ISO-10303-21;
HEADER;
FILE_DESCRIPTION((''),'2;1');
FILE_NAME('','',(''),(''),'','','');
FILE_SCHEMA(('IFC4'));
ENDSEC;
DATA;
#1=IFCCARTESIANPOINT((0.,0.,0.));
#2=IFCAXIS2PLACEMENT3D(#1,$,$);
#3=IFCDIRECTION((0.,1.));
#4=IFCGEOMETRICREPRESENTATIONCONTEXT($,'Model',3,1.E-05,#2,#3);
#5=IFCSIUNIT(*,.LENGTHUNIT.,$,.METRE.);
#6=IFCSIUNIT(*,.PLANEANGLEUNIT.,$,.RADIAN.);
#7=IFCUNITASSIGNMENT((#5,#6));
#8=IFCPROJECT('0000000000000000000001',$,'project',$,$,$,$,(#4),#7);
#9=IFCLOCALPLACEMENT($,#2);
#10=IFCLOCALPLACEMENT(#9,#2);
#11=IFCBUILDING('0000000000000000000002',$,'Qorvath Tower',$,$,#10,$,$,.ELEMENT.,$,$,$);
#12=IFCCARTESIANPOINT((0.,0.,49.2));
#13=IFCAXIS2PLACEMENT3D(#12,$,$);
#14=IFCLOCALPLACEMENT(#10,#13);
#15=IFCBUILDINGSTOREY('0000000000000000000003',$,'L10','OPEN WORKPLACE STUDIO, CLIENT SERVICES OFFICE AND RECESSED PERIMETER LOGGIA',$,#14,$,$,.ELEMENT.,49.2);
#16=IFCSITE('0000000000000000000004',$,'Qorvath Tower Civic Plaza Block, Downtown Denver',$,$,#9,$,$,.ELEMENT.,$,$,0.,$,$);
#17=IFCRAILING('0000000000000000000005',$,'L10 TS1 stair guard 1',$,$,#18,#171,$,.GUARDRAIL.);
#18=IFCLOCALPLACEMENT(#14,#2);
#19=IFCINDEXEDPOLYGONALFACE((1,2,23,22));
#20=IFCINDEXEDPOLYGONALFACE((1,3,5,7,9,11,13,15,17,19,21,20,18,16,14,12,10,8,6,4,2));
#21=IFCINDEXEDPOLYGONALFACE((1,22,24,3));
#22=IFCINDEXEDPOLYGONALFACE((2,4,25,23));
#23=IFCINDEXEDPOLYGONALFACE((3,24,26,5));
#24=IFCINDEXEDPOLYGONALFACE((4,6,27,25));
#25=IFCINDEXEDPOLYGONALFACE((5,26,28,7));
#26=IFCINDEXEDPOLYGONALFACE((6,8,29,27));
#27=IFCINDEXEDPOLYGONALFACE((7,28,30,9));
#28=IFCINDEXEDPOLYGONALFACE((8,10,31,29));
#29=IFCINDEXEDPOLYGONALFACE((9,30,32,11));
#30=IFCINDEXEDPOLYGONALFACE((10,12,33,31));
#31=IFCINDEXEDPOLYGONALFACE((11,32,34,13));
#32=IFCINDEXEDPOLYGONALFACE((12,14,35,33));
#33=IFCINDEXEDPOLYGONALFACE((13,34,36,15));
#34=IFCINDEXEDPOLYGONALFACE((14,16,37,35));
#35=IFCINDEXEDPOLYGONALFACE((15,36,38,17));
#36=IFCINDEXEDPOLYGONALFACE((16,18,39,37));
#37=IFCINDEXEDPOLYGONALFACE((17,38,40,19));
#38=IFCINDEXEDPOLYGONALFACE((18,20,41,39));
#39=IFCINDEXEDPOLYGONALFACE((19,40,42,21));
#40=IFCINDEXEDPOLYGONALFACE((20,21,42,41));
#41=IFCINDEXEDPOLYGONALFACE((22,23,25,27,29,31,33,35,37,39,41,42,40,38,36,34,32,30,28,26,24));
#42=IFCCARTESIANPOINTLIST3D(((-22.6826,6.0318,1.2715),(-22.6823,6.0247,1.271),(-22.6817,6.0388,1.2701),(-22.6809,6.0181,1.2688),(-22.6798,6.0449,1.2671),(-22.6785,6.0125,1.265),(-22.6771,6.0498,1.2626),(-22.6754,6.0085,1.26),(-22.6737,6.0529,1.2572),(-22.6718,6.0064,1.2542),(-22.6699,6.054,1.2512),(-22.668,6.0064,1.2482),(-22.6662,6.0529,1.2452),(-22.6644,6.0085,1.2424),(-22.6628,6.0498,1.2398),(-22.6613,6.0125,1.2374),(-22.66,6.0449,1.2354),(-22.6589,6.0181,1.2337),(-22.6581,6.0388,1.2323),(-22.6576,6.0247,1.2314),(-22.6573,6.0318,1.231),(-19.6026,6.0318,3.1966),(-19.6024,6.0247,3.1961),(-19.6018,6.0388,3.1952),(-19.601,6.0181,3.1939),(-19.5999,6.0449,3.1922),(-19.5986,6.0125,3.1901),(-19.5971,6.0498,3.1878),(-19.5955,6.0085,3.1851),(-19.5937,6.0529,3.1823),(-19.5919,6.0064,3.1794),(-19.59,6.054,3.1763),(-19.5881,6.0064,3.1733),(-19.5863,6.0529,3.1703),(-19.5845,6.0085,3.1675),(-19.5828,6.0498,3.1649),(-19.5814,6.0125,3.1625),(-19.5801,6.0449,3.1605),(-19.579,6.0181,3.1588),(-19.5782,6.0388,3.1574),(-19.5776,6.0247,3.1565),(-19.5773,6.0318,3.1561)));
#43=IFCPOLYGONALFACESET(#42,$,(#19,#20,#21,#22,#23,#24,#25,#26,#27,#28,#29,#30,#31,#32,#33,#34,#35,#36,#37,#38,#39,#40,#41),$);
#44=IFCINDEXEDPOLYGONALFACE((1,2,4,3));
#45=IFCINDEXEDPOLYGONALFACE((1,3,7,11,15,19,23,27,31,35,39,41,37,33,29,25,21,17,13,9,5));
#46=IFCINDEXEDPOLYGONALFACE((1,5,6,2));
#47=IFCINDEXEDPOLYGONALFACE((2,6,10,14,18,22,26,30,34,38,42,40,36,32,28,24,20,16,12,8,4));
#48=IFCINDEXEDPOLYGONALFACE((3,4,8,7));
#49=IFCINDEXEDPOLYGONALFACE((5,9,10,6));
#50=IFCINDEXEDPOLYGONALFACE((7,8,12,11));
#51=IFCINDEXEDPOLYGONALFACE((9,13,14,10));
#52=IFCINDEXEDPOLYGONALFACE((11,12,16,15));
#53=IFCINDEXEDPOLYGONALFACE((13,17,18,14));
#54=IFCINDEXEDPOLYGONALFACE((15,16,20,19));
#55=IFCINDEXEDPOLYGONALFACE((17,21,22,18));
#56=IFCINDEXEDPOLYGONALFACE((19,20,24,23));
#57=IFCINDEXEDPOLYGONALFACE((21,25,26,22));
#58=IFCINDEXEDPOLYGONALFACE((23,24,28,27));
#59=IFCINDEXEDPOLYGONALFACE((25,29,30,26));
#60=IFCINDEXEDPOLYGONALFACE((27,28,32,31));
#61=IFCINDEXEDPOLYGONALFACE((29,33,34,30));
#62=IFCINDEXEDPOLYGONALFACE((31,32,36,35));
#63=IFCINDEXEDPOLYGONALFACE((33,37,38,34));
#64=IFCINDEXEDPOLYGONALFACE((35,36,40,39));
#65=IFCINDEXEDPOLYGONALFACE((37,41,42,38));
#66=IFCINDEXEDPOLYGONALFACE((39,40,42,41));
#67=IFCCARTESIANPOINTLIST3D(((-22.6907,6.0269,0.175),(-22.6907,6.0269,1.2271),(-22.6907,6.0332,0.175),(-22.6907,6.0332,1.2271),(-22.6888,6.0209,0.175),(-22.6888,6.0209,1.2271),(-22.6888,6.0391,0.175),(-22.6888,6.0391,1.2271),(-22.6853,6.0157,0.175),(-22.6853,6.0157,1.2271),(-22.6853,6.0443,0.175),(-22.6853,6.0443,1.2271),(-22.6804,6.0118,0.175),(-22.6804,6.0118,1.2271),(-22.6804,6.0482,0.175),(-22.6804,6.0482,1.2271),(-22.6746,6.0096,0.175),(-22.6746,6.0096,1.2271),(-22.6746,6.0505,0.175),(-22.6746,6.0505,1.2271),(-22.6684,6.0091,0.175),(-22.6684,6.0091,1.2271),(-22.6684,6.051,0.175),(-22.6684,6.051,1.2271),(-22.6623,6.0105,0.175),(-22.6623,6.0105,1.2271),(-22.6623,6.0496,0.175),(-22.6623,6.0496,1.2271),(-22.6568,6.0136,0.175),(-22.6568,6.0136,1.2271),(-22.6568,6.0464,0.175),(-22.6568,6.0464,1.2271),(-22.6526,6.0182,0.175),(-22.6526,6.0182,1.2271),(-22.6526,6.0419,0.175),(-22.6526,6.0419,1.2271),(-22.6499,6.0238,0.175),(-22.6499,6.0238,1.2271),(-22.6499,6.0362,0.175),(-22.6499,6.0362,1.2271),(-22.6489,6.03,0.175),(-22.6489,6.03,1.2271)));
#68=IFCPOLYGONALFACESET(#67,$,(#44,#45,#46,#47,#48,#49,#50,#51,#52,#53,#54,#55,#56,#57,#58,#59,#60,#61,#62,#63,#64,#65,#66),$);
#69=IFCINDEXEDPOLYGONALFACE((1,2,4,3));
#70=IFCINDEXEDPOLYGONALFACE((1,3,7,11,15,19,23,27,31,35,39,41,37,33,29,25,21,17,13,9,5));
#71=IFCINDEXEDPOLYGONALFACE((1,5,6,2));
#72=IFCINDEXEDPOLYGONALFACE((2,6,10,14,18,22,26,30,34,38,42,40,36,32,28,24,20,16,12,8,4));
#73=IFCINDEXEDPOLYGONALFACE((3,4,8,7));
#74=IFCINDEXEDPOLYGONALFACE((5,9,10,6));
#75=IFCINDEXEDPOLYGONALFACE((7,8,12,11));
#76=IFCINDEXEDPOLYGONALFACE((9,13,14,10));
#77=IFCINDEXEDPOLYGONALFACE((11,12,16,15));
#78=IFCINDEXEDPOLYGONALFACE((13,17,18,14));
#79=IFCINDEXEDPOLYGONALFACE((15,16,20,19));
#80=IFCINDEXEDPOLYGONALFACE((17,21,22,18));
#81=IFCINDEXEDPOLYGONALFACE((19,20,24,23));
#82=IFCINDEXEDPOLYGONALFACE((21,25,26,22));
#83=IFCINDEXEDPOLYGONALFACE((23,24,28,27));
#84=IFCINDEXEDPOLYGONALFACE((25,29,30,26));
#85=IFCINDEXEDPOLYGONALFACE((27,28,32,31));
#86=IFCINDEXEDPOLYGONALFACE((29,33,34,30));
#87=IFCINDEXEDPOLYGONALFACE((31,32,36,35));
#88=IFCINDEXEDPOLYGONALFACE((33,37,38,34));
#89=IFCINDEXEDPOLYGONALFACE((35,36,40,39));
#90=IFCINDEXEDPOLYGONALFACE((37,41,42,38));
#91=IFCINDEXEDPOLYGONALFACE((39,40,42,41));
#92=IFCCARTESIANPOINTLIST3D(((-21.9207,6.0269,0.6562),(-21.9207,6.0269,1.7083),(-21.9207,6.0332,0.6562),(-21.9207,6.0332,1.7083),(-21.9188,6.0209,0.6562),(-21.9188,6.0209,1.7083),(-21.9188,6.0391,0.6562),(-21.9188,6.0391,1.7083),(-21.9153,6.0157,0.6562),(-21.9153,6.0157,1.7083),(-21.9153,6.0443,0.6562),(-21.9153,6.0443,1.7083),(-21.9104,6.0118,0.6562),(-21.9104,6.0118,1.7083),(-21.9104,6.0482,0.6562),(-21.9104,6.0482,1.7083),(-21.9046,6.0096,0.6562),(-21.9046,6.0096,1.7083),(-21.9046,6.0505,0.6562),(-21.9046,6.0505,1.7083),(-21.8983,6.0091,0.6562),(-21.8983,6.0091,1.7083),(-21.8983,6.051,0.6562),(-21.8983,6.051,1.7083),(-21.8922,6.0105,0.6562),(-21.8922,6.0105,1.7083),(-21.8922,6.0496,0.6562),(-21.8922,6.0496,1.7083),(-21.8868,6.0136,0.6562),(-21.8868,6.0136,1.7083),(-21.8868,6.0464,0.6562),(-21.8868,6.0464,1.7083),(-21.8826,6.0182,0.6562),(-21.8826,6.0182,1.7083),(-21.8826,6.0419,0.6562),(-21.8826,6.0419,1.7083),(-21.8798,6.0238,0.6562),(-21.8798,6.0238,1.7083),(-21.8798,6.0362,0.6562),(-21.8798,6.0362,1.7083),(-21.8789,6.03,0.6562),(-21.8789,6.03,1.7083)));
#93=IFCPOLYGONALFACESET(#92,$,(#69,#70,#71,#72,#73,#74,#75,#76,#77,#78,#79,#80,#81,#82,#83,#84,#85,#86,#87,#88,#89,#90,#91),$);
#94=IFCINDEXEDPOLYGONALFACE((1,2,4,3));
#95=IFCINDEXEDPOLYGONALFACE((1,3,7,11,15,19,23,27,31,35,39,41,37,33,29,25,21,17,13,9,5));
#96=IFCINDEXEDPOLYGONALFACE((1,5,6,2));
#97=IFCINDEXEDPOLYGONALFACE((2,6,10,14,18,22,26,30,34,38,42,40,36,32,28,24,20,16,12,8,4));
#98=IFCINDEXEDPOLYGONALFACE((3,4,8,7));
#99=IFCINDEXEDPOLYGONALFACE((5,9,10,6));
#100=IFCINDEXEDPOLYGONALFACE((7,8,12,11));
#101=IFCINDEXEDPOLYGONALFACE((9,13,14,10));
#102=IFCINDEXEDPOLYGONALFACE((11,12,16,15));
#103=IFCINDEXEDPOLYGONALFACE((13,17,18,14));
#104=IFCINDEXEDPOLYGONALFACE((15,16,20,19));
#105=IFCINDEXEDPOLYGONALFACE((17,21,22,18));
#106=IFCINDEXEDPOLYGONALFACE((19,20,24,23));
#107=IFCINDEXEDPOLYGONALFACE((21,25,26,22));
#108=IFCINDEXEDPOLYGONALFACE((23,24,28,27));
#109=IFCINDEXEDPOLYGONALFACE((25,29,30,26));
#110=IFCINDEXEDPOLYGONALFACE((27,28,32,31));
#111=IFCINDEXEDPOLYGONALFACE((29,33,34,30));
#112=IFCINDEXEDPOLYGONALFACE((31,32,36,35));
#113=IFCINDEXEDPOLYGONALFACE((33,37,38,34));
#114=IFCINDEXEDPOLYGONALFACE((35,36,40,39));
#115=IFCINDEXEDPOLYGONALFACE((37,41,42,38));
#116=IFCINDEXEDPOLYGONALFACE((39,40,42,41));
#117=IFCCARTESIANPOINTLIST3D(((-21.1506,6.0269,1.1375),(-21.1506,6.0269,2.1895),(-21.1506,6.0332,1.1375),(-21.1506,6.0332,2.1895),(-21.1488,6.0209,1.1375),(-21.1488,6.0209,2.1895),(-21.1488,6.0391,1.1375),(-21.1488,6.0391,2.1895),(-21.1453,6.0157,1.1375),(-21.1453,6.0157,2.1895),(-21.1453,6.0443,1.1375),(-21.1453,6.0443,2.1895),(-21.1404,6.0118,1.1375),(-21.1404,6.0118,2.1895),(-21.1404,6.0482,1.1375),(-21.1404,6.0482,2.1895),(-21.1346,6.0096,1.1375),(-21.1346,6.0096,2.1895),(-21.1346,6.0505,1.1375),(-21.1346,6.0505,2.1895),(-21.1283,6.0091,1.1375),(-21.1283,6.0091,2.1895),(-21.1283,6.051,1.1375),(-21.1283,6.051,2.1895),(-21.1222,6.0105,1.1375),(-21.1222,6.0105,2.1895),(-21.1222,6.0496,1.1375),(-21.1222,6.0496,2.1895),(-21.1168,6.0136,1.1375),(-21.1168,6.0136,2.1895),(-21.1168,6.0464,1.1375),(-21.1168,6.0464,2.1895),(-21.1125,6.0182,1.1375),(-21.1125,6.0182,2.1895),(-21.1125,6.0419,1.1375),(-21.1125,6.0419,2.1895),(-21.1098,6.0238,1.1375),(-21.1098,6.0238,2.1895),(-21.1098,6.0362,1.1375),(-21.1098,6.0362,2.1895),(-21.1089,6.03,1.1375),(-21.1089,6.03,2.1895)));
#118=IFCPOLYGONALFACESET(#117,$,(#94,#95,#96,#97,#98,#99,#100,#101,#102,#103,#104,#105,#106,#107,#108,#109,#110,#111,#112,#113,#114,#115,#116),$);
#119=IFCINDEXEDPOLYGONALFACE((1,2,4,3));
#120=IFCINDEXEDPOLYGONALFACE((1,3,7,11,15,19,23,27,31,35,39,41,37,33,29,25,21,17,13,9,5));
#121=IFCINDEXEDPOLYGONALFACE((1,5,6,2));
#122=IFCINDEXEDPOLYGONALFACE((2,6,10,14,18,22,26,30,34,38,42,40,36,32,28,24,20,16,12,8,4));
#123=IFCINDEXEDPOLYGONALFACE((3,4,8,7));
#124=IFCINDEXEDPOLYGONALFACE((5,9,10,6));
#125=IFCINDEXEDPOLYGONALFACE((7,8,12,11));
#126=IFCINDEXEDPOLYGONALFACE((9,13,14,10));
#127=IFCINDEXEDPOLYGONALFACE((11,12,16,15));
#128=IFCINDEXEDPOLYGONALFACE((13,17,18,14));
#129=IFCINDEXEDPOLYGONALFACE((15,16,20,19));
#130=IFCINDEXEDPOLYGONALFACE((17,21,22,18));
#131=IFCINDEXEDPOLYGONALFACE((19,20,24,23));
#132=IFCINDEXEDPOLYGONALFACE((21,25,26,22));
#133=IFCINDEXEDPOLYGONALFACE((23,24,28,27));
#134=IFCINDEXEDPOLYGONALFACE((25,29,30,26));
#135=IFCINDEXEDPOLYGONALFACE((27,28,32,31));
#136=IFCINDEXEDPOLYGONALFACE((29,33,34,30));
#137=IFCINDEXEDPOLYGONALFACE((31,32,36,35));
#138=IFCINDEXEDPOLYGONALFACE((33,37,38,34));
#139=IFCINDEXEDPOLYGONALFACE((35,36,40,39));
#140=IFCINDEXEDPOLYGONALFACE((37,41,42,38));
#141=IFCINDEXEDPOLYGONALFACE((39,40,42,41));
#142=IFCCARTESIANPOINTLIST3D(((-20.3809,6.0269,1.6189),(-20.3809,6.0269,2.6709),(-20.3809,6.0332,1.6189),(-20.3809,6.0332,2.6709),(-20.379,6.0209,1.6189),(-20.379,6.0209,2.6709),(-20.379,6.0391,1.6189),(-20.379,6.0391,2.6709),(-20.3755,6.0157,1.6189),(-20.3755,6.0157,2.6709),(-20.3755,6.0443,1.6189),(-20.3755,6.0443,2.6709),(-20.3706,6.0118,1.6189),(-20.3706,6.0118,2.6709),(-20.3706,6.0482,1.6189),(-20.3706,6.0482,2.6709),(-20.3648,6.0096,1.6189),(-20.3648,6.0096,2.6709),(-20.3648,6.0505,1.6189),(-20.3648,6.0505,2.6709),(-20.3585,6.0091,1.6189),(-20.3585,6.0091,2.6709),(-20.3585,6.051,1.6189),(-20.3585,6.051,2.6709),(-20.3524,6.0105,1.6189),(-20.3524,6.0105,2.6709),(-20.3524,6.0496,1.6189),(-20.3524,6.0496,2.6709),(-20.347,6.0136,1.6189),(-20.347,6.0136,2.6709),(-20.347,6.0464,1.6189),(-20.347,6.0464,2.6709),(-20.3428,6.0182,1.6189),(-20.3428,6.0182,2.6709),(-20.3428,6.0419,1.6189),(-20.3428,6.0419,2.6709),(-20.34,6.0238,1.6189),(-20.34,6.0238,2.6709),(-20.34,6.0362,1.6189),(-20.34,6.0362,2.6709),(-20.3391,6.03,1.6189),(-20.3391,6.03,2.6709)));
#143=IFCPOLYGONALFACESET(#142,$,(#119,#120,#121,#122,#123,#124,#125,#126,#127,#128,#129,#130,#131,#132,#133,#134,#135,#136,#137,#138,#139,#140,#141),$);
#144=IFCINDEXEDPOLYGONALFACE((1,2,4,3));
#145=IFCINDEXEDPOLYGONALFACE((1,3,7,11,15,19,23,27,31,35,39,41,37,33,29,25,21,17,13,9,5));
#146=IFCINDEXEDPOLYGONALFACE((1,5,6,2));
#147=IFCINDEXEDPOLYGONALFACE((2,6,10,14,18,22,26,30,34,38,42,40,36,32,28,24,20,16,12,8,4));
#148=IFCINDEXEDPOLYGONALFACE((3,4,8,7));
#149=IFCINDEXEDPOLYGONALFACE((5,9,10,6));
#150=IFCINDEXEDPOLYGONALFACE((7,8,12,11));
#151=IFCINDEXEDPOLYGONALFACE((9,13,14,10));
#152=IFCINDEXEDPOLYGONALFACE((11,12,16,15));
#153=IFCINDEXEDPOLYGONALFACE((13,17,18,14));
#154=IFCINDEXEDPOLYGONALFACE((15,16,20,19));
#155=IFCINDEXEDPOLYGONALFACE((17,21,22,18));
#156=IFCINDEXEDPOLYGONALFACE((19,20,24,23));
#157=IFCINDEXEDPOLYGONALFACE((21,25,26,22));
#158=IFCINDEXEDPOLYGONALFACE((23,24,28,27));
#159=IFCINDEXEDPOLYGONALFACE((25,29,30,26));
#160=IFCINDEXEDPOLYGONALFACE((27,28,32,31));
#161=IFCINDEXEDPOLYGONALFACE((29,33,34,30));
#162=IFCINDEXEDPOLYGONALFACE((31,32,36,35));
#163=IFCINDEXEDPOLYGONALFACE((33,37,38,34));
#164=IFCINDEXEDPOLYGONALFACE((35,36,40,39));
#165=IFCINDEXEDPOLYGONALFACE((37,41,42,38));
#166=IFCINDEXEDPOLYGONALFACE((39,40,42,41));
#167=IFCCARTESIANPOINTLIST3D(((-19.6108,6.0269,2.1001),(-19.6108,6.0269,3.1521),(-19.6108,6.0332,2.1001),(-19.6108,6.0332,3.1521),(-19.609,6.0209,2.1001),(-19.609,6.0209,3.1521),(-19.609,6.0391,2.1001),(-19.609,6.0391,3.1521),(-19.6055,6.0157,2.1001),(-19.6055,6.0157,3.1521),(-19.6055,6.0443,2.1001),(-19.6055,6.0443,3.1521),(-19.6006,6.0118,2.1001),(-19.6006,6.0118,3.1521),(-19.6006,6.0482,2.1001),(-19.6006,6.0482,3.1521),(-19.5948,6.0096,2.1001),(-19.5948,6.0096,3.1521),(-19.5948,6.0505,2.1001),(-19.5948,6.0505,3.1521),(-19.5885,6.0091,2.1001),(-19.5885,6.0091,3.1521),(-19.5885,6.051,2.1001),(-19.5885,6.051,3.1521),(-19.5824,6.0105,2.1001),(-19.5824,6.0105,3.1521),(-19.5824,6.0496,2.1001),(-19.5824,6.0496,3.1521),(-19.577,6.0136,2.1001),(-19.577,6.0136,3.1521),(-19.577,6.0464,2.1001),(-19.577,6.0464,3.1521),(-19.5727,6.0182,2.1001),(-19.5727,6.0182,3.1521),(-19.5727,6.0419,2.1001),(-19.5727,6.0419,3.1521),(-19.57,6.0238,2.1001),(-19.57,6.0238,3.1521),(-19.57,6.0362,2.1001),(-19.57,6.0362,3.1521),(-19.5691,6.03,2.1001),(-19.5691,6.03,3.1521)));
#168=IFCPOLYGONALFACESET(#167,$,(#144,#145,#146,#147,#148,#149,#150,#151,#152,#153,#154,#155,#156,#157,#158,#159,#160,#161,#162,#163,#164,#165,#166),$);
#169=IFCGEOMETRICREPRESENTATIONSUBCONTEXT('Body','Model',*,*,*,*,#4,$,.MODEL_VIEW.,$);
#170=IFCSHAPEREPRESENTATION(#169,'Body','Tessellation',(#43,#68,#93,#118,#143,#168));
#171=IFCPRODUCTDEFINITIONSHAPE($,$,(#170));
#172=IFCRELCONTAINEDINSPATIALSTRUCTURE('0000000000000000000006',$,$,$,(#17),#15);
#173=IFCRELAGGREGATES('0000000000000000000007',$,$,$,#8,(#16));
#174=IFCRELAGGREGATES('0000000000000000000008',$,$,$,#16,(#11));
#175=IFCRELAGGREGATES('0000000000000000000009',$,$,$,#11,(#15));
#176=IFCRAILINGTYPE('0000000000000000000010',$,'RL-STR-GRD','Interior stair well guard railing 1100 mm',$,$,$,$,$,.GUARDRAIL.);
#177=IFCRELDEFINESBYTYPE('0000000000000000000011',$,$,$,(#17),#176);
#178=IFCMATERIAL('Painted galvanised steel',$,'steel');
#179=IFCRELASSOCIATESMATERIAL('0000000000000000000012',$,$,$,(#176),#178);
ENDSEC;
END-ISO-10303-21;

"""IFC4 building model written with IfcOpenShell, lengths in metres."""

from ifc_helpers import new_model, si_unit, direction, frame, origin, origin_2d, place, context, subcontext, project, spatial, circle, extrude, material, type_object, element, save


model = new_model("IFC4")

# Units and contexts
model_context = context("Model", 3, precision=1e-05, world=origin(), true_north=direction((0.0, 1.0)))
body_context = subcontext(model_context, "Body", "Model", "MODEL_VIEW")
ifc_project = project(units=[si_unit("LENGTHUNIT", "METRE"), si_unit("PLANEANGLEUNIT", "RADIAN")], contexts=[model_context])

# Site, building, storey
site_placement = place(None, origin())
site = spatial("IfcSite", under=ifc_project, at=site_placement, Name="Qorvath Tower Civic Plaza Block, Downtown Denver", CompositionType="ELEMENT", RefElevation=0.0)
building_placement = place(site_placement, origin())
building = spatial("IfcBuilding", under=site, at=building_placement, Name="Qorvath Tower", CompositionType="ELEMENT")
storey_placement = place(building_placement, frame((0.0, 0.0, 49.2)))
storey = spatial("IfcBuildingStorey", under=building, at=storey_placement, Name="L10", Description="OPEN WORKPLACE STUDIO, CLIENT SERVICES OFFICE AND RECESSED PERIMETER LOGGIA", CompositionType="ELEMENT", Elevation=49.2)

# Railing
ifc_material_1 = material(Name="Painted galvanised steel", Category="steel")
railing_type_1 = type_object("IfcRailingType", Name="RL-STR-GRD", Description="Interior stair well guard railing 1100 mm", PredefinedType="GUARDRAIL", material=ifc_material_1)
railing_1_placement = place(storey_placement, frame((-22.6699, 6.03, 0.175)))
element("IfcRailing", 1, at=railing_1_placement, inside=storey, type_object=railing_type_1, Name="L10 TS1 stair guard 1", PredefinedType="GUARDRAIL", context=body_context, shape_type="SweptSolid", body=[
    extrude(circle(Radius=0.0239, at=origin_2d()), frame((0.0, 0.0, 1.0762), z_axis=(0.847979, 0.0, 0.530029), x_axis=(0.0, 1.0, 0.0)), (0.0, 0.0, 1.0), 3.6321),
    extrude(circle(Radius=0.021, at=origin_2d()), origin(), (0.0, 0.0, 1.0), 1.052),
    extrude(circle(Radius=0.021, at=origin_2d()), frame((0.77, 0.0, 0.4812)), (0.0, 0.0, 1.0), 1.052),
    extrude(circle(Radius=0.021, at=origin_2d()), frame((1.54, 0.0, 0.9624)), (0.0, 0.0, 1.0), 1.052),
    extrude(circle(Radius=0.021, at=origin_2d()), frame((2.3098, 0.0, 1.4438)), (0.0, 0.0, 1.0), 1.052),
    extrude(circle(Radius=0.021, at=origin_2d()), frame((3.0798, 0.0, 1.925)), (0.0, 0.0, 1.0), 1.052),
])

save(model, "model.ifc")
